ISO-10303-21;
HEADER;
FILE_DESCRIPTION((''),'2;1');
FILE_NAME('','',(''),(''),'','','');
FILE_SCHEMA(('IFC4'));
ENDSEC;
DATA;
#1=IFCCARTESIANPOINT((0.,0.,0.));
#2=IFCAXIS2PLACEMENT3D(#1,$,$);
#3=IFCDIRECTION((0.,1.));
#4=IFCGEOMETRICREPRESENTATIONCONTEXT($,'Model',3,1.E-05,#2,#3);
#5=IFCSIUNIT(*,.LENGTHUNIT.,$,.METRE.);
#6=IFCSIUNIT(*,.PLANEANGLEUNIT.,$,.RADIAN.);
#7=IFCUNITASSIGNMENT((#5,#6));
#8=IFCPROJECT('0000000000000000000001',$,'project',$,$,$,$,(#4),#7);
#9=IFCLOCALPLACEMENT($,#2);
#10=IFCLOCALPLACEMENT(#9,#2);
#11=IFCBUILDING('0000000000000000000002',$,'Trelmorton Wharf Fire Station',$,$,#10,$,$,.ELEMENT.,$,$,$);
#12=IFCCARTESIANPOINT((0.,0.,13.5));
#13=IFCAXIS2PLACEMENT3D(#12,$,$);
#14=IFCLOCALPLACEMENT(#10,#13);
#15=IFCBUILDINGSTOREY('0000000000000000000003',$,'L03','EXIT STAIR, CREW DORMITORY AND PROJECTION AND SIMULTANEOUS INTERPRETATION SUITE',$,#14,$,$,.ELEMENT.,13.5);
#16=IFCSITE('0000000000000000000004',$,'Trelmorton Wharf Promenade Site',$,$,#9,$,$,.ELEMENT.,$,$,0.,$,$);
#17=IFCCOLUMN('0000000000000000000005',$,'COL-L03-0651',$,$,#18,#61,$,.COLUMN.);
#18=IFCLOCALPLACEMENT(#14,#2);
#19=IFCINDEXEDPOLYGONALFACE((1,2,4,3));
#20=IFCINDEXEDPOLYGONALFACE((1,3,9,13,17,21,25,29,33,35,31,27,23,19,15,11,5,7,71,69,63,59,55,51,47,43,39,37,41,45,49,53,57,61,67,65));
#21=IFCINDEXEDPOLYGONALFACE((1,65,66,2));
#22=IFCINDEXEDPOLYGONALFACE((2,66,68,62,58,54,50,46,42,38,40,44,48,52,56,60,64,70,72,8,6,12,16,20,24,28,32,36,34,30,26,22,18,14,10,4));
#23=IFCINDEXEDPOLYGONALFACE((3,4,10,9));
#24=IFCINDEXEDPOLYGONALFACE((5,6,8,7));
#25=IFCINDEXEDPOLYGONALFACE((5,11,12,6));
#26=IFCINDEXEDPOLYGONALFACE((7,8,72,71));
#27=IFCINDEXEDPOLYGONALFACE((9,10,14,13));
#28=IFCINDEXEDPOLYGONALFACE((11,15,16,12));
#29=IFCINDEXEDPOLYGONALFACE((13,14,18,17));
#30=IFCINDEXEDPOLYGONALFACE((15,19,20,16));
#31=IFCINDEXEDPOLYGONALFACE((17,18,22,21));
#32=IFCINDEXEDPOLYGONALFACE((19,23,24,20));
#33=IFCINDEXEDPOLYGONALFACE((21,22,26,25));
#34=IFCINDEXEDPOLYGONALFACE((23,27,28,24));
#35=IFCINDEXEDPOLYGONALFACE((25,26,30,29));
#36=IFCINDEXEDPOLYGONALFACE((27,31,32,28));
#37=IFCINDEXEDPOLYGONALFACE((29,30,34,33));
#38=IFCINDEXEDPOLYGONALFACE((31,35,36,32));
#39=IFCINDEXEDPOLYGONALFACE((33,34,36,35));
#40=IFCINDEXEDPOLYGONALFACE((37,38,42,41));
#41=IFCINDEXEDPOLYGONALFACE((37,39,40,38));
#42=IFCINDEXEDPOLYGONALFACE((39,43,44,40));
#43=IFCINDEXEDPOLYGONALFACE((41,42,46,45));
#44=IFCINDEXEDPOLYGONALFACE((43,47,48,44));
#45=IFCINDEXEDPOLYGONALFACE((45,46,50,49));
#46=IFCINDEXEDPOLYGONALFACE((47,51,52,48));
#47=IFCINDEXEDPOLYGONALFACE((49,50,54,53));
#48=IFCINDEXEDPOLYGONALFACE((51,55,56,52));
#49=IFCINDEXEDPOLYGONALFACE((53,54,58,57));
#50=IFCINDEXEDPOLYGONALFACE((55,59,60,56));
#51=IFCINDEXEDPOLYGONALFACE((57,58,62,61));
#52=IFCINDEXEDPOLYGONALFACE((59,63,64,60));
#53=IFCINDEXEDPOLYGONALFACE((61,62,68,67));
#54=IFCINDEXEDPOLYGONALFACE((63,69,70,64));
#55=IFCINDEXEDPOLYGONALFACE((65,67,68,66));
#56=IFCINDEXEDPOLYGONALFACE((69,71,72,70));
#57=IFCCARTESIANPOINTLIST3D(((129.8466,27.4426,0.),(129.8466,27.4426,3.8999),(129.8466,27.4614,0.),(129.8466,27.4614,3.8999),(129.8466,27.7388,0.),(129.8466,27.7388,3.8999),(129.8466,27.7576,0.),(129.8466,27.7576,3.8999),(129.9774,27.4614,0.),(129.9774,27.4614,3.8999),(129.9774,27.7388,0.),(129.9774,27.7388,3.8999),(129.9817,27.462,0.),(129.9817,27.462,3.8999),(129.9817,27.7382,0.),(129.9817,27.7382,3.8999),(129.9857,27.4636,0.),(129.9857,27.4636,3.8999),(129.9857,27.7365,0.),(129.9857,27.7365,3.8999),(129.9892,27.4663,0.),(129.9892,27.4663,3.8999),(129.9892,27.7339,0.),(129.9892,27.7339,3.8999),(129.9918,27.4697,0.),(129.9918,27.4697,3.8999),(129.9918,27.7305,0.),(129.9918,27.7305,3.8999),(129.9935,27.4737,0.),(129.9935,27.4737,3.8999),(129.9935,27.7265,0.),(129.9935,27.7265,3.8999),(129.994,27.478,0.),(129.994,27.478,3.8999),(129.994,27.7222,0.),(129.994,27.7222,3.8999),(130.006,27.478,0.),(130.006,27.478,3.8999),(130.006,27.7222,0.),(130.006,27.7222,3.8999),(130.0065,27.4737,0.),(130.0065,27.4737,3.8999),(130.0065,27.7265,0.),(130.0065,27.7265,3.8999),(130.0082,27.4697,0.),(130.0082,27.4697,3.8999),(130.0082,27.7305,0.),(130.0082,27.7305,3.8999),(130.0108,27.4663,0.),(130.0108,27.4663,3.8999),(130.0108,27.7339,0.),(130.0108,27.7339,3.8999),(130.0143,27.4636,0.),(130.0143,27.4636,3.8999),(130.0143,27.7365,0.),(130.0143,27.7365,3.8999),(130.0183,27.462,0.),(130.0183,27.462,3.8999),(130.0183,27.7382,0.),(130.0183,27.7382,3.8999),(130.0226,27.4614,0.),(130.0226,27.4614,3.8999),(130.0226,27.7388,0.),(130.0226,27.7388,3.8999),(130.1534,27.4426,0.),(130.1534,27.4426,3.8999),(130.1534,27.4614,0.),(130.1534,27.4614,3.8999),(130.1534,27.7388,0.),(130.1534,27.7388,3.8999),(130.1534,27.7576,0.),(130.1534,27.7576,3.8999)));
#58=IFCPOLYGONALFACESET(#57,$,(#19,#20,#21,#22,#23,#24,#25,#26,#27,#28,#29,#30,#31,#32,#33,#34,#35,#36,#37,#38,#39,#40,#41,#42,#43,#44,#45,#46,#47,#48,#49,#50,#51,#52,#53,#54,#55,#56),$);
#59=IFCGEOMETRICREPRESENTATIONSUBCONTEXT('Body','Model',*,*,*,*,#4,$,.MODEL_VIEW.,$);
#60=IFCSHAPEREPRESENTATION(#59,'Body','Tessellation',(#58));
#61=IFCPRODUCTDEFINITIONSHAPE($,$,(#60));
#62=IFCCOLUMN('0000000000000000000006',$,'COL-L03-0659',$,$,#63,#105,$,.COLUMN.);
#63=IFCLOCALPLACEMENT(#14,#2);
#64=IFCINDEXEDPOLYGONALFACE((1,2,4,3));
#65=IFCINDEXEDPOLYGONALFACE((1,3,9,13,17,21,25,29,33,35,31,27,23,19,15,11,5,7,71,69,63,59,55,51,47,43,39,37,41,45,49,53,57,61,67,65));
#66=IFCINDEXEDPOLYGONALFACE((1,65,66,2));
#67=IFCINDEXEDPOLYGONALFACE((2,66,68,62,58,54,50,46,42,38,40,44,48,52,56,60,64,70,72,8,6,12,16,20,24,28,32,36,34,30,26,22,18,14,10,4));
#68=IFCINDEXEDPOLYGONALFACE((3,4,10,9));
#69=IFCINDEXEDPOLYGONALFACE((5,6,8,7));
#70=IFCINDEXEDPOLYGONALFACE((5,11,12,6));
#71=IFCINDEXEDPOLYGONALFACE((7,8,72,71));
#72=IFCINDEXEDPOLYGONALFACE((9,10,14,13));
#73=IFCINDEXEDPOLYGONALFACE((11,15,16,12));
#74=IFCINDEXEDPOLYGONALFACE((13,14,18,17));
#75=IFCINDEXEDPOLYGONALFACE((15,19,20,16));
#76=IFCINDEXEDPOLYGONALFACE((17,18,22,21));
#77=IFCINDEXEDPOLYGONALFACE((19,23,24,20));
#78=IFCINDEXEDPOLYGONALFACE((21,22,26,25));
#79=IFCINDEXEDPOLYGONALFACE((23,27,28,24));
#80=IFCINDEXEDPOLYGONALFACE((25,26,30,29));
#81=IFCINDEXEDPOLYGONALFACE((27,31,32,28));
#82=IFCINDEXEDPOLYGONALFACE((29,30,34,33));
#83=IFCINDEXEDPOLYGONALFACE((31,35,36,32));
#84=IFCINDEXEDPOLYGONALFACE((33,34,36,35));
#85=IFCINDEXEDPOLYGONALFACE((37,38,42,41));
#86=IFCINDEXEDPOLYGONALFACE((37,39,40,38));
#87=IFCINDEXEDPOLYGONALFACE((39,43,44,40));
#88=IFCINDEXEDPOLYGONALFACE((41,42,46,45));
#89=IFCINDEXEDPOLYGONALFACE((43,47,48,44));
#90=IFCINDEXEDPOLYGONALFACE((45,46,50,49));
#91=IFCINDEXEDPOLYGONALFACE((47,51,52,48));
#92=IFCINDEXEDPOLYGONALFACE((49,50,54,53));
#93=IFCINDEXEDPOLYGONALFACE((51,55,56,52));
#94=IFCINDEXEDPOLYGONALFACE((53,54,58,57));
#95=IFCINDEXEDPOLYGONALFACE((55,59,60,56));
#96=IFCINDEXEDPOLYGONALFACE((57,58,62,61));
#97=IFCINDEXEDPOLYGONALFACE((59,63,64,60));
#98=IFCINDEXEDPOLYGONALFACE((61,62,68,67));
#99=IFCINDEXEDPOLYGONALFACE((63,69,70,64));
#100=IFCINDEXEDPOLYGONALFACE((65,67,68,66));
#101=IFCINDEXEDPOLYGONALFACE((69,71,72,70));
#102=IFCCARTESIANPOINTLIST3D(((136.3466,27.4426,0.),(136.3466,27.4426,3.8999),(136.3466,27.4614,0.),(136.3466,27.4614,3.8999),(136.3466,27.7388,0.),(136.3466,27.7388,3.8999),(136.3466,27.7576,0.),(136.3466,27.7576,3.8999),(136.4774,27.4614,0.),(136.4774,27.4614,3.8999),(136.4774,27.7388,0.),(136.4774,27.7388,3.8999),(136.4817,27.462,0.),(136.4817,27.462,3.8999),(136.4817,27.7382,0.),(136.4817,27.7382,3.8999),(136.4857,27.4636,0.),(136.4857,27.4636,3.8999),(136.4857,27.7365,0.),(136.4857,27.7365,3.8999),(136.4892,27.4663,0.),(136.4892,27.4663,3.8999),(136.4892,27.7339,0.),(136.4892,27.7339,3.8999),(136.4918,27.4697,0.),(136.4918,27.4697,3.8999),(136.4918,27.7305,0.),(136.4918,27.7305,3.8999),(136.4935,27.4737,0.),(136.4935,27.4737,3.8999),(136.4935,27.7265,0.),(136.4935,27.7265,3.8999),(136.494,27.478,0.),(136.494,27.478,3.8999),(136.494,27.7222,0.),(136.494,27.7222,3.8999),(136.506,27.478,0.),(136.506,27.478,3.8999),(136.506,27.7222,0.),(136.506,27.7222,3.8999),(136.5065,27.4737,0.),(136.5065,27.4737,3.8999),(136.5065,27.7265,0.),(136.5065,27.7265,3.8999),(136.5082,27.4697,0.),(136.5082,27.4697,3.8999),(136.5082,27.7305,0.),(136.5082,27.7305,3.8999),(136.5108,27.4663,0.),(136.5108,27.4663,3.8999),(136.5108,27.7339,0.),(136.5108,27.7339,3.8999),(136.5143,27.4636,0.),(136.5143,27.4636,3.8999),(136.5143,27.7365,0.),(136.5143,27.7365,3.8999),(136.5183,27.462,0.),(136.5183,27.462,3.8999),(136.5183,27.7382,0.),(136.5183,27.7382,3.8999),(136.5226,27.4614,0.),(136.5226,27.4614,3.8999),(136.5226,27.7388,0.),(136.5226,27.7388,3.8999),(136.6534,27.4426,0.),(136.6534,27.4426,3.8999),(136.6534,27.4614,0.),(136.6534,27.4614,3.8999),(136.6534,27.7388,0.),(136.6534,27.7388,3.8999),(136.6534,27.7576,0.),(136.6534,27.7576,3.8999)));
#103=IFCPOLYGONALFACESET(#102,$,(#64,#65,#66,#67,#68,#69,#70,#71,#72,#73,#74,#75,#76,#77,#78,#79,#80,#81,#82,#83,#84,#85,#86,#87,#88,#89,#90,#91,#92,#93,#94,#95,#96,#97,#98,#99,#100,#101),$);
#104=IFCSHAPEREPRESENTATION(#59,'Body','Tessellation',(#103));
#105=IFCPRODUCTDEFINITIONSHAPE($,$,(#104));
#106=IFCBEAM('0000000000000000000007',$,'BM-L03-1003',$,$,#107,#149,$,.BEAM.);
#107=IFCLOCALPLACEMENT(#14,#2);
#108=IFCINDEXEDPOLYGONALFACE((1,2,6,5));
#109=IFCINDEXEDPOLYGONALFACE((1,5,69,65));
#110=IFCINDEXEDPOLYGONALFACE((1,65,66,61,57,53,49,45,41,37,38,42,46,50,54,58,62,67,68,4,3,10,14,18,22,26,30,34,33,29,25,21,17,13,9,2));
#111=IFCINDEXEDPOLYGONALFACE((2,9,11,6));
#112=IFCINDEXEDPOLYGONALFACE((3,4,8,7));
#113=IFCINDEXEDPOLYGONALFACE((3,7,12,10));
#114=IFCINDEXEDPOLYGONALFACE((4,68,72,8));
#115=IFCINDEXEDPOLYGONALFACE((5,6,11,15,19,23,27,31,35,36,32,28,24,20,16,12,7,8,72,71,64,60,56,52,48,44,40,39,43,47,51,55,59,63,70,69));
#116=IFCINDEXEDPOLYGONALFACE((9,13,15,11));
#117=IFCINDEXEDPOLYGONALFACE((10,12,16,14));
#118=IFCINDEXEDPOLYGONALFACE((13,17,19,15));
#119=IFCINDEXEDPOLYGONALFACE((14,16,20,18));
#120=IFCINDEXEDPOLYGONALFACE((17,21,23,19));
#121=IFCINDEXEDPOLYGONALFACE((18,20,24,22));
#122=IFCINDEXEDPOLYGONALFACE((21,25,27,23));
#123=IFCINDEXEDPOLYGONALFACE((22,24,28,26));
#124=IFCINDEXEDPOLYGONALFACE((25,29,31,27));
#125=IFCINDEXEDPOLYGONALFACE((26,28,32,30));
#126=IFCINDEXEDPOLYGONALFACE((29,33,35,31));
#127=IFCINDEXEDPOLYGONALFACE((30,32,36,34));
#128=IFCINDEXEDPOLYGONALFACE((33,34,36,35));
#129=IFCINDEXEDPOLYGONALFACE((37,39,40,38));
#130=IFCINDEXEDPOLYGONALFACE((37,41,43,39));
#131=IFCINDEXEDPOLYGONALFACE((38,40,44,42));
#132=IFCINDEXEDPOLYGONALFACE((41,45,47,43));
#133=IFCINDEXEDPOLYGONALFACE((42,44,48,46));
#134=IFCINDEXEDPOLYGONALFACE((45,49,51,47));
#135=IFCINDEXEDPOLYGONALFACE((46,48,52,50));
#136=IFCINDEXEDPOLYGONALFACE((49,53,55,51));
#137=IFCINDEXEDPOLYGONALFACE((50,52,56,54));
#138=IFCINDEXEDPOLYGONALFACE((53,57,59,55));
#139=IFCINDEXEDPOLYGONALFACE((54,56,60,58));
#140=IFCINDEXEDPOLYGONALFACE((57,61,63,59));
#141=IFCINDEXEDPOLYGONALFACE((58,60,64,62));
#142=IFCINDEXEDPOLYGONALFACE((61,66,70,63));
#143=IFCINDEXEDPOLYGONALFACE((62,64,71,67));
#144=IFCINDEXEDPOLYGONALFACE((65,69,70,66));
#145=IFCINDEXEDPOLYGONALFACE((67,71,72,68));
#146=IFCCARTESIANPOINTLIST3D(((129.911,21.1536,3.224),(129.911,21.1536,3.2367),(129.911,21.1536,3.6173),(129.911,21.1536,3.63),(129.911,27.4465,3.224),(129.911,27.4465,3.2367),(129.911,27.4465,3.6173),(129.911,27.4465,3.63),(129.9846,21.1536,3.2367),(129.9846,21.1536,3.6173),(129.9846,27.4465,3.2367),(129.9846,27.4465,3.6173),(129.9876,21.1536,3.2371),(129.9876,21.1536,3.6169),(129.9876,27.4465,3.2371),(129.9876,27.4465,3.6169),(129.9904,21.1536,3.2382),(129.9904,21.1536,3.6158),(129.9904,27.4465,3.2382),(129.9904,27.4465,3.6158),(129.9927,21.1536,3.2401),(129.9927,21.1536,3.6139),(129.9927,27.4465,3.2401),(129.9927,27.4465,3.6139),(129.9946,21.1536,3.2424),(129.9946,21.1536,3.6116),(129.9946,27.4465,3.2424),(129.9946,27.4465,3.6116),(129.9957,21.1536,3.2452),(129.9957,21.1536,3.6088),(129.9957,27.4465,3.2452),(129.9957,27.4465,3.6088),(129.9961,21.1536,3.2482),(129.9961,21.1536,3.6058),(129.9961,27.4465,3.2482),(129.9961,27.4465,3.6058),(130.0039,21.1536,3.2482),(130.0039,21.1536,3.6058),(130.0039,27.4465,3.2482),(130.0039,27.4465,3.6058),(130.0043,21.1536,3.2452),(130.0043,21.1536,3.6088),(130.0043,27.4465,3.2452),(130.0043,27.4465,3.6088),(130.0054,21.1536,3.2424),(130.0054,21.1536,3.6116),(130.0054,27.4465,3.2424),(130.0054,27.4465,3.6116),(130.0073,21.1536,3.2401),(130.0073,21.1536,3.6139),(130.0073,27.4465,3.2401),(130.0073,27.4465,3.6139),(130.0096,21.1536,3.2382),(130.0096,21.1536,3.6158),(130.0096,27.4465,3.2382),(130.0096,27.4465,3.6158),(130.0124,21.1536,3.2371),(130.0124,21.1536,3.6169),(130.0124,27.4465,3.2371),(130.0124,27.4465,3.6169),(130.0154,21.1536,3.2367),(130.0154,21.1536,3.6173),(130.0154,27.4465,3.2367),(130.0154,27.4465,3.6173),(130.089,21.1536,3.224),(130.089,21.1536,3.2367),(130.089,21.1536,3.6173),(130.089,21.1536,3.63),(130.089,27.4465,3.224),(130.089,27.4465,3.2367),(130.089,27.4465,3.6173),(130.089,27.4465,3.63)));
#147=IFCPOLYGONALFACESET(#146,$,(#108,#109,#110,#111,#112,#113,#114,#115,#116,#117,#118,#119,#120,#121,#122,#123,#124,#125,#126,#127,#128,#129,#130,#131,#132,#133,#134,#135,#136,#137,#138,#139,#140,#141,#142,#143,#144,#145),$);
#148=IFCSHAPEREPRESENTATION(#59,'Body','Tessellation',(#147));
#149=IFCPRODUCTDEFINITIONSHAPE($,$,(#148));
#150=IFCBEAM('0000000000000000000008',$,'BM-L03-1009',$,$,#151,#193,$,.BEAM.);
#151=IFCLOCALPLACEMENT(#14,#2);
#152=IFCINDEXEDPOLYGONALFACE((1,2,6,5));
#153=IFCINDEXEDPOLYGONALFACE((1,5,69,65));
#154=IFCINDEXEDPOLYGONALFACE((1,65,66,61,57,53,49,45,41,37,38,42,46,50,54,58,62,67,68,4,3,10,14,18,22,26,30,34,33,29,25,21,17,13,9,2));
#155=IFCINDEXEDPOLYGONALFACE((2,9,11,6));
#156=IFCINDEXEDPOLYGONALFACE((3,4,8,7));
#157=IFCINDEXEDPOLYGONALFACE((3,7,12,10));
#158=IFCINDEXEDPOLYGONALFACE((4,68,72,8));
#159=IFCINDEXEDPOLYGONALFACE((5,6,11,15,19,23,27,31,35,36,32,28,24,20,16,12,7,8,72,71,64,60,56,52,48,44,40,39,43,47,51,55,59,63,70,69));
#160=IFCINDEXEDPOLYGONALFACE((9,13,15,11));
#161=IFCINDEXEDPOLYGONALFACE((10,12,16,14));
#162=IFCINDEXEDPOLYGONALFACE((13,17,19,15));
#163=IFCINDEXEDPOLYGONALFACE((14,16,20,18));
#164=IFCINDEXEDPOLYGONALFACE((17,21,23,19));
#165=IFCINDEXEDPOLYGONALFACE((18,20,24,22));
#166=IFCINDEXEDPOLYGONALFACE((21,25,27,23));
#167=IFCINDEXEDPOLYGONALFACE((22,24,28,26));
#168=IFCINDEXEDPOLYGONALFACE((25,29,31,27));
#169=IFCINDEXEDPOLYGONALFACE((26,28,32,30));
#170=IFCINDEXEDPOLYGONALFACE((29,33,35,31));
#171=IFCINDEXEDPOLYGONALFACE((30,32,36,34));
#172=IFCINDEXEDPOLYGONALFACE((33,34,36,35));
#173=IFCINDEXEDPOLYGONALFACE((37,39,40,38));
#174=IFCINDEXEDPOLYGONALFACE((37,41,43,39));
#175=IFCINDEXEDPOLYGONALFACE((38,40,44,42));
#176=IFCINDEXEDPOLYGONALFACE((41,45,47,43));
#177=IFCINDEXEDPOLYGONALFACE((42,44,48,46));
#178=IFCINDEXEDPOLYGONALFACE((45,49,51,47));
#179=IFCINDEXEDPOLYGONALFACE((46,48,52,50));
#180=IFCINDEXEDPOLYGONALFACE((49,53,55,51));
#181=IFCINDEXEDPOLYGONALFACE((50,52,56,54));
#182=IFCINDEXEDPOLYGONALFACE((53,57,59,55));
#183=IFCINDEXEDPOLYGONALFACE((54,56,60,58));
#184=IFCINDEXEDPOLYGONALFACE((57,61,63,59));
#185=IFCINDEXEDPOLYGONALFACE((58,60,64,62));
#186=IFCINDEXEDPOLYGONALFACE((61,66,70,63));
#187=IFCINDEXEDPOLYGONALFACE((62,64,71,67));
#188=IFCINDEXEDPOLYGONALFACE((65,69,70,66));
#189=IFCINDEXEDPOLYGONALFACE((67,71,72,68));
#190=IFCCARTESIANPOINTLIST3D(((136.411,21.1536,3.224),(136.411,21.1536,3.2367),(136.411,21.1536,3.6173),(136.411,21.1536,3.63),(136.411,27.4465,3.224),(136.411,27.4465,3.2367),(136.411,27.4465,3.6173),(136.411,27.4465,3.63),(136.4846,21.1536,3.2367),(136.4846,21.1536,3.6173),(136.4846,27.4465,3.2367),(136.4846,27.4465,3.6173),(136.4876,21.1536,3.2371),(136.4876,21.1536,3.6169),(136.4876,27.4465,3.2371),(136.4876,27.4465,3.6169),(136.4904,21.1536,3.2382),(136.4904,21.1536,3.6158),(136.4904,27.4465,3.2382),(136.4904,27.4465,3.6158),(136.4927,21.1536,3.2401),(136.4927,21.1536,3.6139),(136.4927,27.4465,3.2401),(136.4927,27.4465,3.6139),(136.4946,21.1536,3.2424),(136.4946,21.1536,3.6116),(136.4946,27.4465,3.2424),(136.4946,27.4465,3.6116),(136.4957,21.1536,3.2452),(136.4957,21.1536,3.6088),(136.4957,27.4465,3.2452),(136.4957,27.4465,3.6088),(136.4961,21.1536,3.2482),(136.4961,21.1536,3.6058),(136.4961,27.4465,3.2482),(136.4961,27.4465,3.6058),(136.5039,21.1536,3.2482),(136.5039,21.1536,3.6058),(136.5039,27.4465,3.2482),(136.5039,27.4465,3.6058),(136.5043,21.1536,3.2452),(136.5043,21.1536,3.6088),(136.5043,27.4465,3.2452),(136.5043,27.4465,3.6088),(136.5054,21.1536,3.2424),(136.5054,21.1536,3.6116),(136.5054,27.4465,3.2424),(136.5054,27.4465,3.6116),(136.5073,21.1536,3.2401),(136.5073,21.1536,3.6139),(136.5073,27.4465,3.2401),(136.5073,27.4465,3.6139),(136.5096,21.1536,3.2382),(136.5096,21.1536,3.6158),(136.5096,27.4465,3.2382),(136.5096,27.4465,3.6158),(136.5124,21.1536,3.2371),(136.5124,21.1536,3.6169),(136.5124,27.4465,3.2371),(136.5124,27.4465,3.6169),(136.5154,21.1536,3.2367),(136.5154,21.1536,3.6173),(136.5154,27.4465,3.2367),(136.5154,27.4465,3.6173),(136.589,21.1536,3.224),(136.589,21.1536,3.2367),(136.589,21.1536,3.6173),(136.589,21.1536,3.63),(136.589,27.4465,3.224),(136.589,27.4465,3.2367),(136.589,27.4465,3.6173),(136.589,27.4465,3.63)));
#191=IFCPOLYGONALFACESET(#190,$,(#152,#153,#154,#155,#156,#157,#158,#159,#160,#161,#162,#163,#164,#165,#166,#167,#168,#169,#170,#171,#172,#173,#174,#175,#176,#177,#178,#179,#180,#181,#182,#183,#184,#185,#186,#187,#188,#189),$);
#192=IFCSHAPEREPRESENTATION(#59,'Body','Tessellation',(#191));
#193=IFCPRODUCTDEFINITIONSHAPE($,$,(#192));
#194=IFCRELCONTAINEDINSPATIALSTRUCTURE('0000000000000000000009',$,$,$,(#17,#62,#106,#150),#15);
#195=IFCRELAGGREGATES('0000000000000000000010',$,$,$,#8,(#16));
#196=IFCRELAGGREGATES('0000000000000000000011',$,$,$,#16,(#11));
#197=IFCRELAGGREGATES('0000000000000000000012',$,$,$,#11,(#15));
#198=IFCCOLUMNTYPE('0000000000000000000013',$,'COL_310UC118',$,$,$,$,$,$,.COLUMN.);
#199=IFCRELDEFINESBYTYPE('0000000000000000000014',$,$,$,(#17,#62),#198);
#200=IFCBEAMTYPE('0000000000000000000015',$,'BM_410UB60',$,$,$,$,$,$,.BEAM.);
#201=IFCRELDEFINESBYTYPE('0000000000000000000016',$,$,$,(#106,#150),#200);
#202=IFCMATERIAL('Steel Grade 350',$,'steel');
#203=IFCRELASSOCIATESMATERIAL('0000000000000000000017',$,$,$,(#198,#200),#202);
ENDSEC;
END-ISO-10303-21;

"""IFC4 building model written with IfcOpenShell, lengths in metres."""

from ifc_helpers import new_model, si_unit, direction, frame, origin, origin_2d, place, context, subcontext, project, spatial, i_section, extrude, material, material_profile, profile_set, type_object, element, save


model = new_model("IFC4")

# Units and contexts
model_context = context("Model", 3, precision=1e-05, world=origin(), true_north=direction((0.0, 1.0)))
body_context = subcontext(model_context, "Body", "Model", "MODEL_VIEW")
ifc_project = project(units=[si_unit("LENGTHUNIT", "METRE"), si_unit("PLANEANGLEUNIT", "RADIAN")], contexts=[model_context])

# Site, building, storey
site_placement = place(None, origin())
site = spatial("IfcSite", under=ifc_project, at=site_placement, Name="Trelmorton Wharf Promenade Site", CompositionType="ELEMENT", RefElevation=0.0)
building_placement = place(site_placement, origin())
building = spatial("IfcBuilding", under=site, at=building_placement, Name="Trelmorton Wharf Fire Station", CompositionType="ELEMENT")
storey_placement = place(building_placement, frame((0.0, 0.0, 13.5)))
storey = spatial("IfcBuildingStorey", under=building, at=storey_placement, Name="L03", Description="EXIT STAIR, CREW DORMITORY AND PROJECTION AND SIMULTANEOUS INTERPRETATION SUITE", CompositionType="ELEMENT", Elevation=13.5)

# Columns
ifc_material_1 = material(Name="Steel Grade 350", Category="steel")
ifc_material_profile_1 = material_profile(ifc_material_1, i_section(OverallWidth=0.3069, OverallDepth=0.3149, WebThickness=0.012, FlangeThickness=0.0188, FilletRadius=0.0166, at=origin_2d()), Name="310UC118")
ifc_profile_set_1 = profile_set([ifc_material_profile_1], Name="Steel Grade 350")
column_type = type_object("IfcColumnType", Name="COL_310UC118", PredefinedType="COLUMN", material=ifc_profile_set_1)
for number, where, z_axis, x_axis, name in (
    (1, (130.0, 27.6001, 0.0), (0.0, 0.0, 1.0), (1.0, 0.0, 0.0), "COL-L03-0651"),
    (2, (136.5, 27.6001, 0.0), (0.0, 0.0, 1.0), (1.0, 0.0, 0.0), "COL-L03-0659"),
):
    element("IfcColumn", number, at=place(storey_placement, frame(where, z_axis=z_axis, x_axis=x_axis)), inside=storey, type_object=column_type, Name=name, PredefinedType="COLUMN", context=body_context, shape_type="SweptSolid", body=[
        extrude(i_section(OverallWidth=0.3069, OverallDepth=0.3149, WebThickness=0.012, FlangeThickness=0.0188, FilletRadius=0.0166, at=origin_2d()), origin(), (0.0, 0.0, 1.0), 3.8999),
    ])

# Beams
ifc_material_profile_2 = material_profile(ifc_material_1, i_section(OverallWidth=0.178, OverallDepth=0.406, WebThickness=0.0078, FlangeThickness=0.0127, FilletRadius=0.0115, at=origin_2d()), Name="410UB59.7")
ifc_profile_set_2 = profile_set([ifc_material_profile_2], Name="Steel Grade 350")
beam_type_1 = type_object("IfcBeamType", Name="BM_410UB60", PredefinedType="BEAM", material=ifc_profile_set_2)
for number, where, z_axis, x_axis, name in (
    (3, (130.0, 21.1536, 3.427), (0.0, 1.0, 0.0), (-1.0, 0.0, 0.0), "BM-L03-1003"),
    (4, (136.5, 21.1536, 3.427), (0.0, 1.0, 0.0), (-1.0, 0.0, 0.0), "BM-L03-1009"),
):
    element("IfcBeam", number, at=place(storey_placement, frame(where, z_axis=z_axis, x_axis=x_axis)), inside=storey, type_object=beam_type_1, Name=name, PredefinedType="BEAM", context=body_context, shape_type="SweptSolid", body=[
        extrude(i_section(OverallWidth=0.178, OverallDepth=0.406, WebThickness=0.0078, FlangeThickness=0.0127, FilletRadius=0.0115, at=origin_2d()), origin(), (0.0, 0.0, 1.0), 6.293),
    ])

save(model, "model.ifc")
